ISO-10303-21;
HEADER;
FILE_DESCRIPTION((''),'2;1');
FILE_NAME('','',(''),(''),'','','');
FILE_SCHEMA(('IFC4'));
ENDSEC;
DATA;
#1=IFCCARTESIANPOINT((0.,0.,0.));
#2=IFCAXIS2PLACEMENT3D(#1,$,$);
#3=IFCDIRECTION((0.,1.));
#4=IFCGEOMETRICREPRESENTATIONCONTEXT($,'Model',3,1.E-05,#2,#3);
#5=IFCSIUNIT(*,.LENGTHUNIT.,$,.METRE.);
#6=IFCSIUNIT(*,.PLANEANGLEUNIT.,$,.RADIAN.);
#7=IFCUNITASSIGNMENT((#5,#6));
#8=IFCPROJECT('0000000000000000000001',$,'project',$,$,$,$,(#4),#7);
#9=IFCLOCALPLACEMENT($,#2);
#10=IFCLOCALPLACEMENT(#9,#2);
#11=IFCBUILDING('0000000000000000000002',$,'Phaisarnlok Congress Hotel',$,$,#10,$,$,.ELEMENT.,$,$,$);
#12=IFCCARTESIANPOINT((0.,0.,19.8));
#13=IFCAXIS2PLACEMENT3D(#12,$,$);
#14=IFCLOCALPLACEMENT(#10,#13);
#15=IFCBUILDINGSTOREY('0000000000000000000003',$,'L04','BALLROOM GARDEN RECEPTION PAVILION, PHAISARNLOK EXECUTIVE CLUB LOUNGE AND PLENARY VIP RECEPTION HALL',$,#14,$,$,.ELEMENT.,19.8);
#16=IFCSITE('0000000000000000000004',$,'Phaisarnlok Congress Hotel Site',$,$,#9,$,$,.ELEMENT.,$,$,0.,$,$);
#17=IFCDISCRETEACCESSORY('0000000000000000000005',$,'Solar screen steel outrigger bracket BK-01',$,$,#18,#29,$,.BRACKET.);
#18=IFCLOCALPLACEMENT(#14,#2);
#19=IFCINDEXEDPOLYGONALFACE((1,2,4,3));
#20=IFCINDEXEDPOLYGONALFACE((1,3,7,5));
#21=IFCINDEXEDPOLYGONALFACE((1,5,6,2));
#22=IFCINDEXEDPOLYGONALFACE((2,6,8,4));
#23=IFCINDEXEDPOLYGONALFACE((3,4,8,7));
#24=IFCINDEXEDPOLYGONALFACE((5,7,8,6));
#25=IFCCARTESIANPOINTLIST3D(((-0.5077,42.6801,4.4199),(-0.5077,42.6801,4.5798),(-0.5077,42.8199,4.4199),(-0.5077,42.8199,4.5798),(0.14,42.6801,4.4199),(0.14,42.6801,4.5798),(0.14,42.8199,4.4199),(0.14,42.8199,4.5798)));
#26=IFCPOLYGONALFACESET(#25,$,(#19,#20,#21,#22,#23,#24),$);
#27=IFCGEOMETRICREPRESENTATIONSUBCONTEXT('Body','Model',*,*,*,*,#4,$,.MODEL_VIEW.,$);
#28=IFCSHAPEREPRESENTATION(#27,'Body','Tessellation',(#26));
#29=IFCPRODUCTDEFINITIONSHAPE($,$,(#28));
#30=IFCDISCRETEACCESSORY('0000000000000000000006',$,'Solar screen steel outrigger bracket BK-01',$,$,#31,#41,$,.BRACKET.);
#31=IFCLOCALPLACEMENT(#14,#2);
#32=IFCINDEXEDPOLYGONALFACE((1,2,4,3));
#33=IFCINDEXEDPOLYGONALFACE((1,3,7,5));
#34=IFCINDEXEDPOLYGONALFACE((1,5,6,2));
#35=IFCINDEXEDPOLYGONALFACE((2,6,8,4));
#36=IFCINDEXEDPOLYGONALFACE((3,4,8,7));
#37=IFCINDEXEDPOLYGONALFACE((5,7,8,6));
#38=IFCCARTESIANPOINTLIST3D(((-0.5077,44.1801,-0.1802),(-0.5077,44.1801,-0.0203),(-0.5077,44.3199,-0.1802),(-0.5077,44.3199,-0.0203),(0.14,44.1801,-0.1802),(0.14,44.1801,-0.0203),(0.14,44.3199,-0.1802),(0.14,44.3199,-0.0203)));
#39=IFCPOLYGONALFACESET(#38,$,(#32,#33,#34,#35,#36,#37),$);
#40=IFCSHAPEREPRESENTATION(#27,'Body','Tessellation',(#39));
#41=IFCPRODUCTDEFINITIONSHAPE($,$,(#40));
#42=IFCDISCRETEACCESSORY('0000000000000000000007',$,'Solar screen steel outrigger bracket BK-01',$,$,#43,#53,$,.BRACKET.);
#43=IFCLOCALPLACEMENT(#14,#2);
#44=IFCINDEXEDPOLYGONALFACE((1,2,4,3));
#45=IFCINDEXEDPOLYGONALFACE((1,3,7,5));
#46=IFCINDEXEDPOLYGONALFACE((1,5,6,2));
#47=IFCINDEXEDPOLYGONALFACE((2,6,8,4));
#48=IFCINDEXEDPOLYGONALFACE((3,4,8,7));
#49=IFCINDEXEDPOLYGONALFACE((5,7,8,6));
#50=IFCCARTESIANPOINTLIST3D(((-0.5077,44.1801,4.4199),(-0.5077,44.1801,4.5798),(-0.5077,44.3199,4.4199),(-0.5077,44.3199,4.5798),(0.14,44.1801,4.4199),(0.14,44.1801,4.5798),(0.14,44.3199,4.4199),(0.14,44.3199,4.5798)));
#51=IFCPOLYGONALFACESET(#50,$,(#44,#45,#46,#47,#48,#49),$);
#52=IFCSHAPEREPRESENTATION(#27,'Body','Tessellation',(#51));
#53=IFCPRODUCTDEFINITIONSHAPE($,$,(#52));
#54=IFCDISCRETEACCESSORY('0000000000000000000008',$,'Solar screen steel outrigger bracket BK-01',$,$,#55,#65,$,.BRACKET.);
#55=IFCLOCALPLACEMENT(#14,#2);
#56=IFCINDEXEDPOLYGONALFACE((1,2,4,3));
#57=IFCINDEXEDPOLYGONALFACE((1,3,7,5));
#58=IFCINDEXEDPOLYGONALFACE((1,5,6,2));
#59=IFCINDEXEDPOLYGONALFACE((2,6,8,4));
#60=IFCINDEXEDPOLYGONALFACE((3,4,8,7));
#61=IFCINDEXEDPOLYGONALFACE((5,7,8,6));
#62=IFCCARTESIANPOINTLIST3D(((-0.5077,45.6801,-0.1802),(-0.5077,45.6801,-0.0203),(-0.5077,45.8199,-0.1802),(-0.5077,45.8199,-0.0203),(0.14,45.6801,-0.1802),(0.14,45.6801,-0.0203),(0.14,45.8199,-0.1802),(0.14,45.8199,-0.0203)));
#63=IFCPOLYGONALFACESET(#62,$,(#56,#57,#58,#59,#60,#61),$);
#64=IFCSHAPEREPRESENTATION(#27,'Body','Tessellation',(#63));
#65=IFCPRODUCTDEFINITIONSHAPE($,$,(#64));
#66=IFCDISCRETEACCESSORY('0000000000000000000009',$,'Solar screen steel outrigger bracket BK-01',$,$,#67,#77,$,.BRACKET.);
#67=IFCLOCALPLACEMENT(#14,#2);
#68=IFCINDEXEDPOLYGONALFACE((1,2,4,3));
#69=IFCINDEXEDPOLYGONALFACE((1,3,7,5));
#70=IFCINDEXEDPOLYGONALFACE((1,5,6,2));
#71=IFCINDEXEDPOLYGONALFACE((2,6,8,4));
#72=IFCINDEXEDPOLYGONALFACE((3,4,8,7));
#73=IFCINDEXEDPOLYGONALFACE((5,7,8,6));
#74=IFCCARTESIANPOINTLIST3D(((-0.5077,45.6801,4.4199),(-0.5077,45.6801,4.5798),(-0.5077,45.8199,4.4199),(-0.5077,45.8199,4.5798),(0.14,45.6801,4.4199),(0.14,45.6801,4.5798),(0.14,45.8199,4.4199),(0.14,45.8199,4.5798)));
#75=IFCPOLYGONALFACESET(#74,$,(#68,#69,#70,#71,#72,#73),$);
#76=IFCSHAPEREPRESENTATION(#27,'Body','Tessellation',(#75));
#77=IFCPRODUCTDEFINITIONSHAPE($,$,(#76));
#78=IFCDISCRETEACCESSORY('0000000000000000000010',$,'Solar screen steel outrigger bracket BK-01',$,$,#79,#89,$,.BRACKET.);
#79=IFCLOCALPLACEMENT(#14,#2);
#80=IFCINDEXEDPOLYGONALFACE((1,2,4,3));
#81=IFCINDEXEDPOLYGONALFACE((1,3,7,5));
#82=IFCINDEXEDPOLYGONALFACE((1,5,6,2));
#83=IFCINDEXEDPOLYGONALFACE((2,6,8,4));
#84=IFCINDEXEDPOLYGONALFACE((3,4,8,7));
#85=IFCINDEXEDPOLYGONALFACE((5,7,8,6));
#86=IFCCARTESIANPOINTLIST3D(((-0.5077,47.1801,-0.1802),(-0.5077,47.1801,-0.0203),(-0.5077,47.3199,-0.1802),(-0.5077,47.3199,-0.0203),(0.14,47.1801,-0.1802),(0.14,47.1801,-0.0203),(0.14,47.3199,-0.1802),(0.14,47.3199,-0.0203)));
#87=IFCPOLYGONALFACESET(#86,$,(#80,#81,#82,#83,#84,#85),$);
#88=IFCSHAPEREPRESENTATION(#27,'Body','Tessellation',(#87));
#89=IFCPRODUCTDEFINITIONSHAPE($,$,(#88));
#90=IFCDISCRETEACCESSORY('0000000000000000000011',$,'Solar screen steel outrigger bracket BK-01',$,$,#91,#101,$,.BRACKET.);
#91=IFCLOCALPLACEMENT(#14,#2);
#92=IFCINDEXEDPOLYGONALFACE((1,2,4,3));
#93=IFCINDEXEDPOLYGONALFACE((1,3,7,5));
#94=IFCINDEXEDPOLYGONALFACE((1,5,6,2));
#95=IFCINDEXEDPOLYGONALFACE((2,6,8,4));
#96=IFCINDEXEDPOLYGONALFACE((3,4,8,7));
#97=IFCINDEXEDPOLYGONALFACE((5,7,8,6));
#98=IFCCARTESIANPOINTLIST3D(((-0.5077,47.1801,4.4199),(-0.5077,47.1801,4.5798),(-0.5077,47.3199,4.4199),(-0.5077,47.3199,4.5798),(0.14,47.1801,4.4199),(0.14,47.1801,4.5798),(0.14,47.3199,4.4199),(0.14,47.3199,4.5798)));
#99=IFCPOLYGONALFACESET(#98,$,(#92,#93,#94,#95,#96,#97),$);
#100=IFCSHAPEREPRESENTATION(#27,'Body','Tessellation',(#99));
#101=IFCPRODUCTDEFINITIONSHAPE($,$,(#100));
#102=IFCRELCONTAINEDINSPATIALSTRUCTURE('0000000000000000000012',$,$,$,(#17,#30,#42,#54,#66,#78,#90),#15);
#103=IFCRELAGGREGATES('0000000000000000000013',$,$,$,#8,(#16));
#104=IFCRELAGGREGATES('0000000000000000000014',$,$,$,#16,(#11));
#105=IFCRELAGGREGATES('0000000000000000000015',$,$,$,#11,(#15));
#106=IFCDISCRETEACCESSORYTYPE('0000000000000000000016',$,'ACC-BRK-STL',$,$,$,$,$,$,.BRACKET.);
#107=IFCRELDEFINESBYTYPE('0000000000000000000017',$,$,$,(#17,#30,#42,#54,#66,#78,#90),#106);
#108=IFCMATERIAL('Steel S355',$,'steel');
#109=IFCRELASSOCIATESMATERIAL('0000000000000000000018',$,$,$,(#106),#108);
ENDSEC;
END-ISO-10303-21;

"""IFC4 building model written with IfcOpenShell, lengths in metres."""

from ifc_helpers import new_model, si_unit, direction, frame, origin, origin_2d, place, context, subcontext, project, spatial, rectangle, extrude, material, type_object, element, save


model = new_model("IFC4")

# Units and contexts
model_context = context("Model", 3, precision=1e-05, world=origin(), true_north=direction((0.0, 1.0)))
body_context = subcontext(model_context, "Body", "Model", "MODEL_VIEW")
ifc_project = project(units=[si_unit("LENGTHUNIT", "METRE"), si_unit("PLANEANGLEUNIT", "RADIAN")], contexts=[model_context])

# Site, building, storey
site_placement = place(None, origin())
site = spatial("IfcSite", under=ifc_project, at=site_placement, Name="Phaisarnlok Congress Hotel Site", CompositionType="ELEMENT", RefElevation=0.0)
building_placement = place(site_placement, origin())
building = spatial("IfcBuilding", under=site, at=building_placement, Name="Phaisarnlok Congress Hotel", CompositionType="ELEMENT")
storey_placement = place(building_placement, frame((0.0, 0.0, 19.8)))
storey = spatial("IfcBuildingStorey", under=building, at=storey_placement, Name="L04", Description="BALLROOM GARDEN RECEPTION PAVILION, PHAISARNLOK EXECUTIVE CLUB LOUNGE AND PLENARY VIP RECEPTION HALL", CompositionType="ELEMENT", Elevation=19.8)

# Shared definitions
ifc_material_1 = material(Name="Steel S355", Category="steel")

# Discrete accessories
discrete_accessory_type = type_object("IfcDiscreteAccessoryType", Name="ACC-BRK-STL", PredefinedType="BRACKET", material=ifc_material_1)
for number, where, z_axis, x_axis, name in (
    (1, (-0.1838, 42.75, 4.4199), (0.0, 0.0, 1.0), (1.0, 0.0, 0.0), "Solar screen steel outrigger bracket BK-01"),
    (2, (-0.1838, 44.25, -0.1802), (0.0, 0.0, 1.0), (1.0, 0.0, 0.0), "Solar screen steel outrigger bracket BK-01"),
    (3, (-0.1838, 44.25, 4.4199), (0.0, 0.0, 1.0), (1.0, 0.0, 0.0), "Solar screen steel outrigger bracket BK-01"),
    (4, (-0.1838, 45.75, -0.1802), (0.0, 0.0, 1.0), (1.0, 0.0, 0.0), "Solar screen steel outrigger bracket BK-01"),
    (5, (-0.1838, 45.75, 4.4199), (0.0, 0.0, 1.0), (1.0, 0.0, 0.0), "Solar screen steel outrigger bracket BK-01"),
    (6, (-0.1838, 47.25, -0.1802), (0.0, 0.0, 1.0), (1.0, 0.0, 0.0), "Solar screen steel outrigger bracket BK-01"),
    (7, (-0.1838, 47.25, 4.4199), (0.0, 0.0, 1.0), (1.0, 0.0, 0.0), "Solar screen steel outrigger bracket BK-01"),
):
    element("IfcDiscreteAccessory", number, at=place(storey_placement, frame(where, z_axis=z_axis, x_axis=x_axis)), inside=storey, type_object=discrete_accessory_type, Name=name, PredefinedType="BRACKET", context=body_context, shape_type="SweptSolid", body=[
        extrude(rectangle(XDim=0.6477, YDim=0.1399, at=origin_2d()), origin(), (0.0, 0.0, 1.0), 0.1599),
    ])

save(model, "model.ifc")
